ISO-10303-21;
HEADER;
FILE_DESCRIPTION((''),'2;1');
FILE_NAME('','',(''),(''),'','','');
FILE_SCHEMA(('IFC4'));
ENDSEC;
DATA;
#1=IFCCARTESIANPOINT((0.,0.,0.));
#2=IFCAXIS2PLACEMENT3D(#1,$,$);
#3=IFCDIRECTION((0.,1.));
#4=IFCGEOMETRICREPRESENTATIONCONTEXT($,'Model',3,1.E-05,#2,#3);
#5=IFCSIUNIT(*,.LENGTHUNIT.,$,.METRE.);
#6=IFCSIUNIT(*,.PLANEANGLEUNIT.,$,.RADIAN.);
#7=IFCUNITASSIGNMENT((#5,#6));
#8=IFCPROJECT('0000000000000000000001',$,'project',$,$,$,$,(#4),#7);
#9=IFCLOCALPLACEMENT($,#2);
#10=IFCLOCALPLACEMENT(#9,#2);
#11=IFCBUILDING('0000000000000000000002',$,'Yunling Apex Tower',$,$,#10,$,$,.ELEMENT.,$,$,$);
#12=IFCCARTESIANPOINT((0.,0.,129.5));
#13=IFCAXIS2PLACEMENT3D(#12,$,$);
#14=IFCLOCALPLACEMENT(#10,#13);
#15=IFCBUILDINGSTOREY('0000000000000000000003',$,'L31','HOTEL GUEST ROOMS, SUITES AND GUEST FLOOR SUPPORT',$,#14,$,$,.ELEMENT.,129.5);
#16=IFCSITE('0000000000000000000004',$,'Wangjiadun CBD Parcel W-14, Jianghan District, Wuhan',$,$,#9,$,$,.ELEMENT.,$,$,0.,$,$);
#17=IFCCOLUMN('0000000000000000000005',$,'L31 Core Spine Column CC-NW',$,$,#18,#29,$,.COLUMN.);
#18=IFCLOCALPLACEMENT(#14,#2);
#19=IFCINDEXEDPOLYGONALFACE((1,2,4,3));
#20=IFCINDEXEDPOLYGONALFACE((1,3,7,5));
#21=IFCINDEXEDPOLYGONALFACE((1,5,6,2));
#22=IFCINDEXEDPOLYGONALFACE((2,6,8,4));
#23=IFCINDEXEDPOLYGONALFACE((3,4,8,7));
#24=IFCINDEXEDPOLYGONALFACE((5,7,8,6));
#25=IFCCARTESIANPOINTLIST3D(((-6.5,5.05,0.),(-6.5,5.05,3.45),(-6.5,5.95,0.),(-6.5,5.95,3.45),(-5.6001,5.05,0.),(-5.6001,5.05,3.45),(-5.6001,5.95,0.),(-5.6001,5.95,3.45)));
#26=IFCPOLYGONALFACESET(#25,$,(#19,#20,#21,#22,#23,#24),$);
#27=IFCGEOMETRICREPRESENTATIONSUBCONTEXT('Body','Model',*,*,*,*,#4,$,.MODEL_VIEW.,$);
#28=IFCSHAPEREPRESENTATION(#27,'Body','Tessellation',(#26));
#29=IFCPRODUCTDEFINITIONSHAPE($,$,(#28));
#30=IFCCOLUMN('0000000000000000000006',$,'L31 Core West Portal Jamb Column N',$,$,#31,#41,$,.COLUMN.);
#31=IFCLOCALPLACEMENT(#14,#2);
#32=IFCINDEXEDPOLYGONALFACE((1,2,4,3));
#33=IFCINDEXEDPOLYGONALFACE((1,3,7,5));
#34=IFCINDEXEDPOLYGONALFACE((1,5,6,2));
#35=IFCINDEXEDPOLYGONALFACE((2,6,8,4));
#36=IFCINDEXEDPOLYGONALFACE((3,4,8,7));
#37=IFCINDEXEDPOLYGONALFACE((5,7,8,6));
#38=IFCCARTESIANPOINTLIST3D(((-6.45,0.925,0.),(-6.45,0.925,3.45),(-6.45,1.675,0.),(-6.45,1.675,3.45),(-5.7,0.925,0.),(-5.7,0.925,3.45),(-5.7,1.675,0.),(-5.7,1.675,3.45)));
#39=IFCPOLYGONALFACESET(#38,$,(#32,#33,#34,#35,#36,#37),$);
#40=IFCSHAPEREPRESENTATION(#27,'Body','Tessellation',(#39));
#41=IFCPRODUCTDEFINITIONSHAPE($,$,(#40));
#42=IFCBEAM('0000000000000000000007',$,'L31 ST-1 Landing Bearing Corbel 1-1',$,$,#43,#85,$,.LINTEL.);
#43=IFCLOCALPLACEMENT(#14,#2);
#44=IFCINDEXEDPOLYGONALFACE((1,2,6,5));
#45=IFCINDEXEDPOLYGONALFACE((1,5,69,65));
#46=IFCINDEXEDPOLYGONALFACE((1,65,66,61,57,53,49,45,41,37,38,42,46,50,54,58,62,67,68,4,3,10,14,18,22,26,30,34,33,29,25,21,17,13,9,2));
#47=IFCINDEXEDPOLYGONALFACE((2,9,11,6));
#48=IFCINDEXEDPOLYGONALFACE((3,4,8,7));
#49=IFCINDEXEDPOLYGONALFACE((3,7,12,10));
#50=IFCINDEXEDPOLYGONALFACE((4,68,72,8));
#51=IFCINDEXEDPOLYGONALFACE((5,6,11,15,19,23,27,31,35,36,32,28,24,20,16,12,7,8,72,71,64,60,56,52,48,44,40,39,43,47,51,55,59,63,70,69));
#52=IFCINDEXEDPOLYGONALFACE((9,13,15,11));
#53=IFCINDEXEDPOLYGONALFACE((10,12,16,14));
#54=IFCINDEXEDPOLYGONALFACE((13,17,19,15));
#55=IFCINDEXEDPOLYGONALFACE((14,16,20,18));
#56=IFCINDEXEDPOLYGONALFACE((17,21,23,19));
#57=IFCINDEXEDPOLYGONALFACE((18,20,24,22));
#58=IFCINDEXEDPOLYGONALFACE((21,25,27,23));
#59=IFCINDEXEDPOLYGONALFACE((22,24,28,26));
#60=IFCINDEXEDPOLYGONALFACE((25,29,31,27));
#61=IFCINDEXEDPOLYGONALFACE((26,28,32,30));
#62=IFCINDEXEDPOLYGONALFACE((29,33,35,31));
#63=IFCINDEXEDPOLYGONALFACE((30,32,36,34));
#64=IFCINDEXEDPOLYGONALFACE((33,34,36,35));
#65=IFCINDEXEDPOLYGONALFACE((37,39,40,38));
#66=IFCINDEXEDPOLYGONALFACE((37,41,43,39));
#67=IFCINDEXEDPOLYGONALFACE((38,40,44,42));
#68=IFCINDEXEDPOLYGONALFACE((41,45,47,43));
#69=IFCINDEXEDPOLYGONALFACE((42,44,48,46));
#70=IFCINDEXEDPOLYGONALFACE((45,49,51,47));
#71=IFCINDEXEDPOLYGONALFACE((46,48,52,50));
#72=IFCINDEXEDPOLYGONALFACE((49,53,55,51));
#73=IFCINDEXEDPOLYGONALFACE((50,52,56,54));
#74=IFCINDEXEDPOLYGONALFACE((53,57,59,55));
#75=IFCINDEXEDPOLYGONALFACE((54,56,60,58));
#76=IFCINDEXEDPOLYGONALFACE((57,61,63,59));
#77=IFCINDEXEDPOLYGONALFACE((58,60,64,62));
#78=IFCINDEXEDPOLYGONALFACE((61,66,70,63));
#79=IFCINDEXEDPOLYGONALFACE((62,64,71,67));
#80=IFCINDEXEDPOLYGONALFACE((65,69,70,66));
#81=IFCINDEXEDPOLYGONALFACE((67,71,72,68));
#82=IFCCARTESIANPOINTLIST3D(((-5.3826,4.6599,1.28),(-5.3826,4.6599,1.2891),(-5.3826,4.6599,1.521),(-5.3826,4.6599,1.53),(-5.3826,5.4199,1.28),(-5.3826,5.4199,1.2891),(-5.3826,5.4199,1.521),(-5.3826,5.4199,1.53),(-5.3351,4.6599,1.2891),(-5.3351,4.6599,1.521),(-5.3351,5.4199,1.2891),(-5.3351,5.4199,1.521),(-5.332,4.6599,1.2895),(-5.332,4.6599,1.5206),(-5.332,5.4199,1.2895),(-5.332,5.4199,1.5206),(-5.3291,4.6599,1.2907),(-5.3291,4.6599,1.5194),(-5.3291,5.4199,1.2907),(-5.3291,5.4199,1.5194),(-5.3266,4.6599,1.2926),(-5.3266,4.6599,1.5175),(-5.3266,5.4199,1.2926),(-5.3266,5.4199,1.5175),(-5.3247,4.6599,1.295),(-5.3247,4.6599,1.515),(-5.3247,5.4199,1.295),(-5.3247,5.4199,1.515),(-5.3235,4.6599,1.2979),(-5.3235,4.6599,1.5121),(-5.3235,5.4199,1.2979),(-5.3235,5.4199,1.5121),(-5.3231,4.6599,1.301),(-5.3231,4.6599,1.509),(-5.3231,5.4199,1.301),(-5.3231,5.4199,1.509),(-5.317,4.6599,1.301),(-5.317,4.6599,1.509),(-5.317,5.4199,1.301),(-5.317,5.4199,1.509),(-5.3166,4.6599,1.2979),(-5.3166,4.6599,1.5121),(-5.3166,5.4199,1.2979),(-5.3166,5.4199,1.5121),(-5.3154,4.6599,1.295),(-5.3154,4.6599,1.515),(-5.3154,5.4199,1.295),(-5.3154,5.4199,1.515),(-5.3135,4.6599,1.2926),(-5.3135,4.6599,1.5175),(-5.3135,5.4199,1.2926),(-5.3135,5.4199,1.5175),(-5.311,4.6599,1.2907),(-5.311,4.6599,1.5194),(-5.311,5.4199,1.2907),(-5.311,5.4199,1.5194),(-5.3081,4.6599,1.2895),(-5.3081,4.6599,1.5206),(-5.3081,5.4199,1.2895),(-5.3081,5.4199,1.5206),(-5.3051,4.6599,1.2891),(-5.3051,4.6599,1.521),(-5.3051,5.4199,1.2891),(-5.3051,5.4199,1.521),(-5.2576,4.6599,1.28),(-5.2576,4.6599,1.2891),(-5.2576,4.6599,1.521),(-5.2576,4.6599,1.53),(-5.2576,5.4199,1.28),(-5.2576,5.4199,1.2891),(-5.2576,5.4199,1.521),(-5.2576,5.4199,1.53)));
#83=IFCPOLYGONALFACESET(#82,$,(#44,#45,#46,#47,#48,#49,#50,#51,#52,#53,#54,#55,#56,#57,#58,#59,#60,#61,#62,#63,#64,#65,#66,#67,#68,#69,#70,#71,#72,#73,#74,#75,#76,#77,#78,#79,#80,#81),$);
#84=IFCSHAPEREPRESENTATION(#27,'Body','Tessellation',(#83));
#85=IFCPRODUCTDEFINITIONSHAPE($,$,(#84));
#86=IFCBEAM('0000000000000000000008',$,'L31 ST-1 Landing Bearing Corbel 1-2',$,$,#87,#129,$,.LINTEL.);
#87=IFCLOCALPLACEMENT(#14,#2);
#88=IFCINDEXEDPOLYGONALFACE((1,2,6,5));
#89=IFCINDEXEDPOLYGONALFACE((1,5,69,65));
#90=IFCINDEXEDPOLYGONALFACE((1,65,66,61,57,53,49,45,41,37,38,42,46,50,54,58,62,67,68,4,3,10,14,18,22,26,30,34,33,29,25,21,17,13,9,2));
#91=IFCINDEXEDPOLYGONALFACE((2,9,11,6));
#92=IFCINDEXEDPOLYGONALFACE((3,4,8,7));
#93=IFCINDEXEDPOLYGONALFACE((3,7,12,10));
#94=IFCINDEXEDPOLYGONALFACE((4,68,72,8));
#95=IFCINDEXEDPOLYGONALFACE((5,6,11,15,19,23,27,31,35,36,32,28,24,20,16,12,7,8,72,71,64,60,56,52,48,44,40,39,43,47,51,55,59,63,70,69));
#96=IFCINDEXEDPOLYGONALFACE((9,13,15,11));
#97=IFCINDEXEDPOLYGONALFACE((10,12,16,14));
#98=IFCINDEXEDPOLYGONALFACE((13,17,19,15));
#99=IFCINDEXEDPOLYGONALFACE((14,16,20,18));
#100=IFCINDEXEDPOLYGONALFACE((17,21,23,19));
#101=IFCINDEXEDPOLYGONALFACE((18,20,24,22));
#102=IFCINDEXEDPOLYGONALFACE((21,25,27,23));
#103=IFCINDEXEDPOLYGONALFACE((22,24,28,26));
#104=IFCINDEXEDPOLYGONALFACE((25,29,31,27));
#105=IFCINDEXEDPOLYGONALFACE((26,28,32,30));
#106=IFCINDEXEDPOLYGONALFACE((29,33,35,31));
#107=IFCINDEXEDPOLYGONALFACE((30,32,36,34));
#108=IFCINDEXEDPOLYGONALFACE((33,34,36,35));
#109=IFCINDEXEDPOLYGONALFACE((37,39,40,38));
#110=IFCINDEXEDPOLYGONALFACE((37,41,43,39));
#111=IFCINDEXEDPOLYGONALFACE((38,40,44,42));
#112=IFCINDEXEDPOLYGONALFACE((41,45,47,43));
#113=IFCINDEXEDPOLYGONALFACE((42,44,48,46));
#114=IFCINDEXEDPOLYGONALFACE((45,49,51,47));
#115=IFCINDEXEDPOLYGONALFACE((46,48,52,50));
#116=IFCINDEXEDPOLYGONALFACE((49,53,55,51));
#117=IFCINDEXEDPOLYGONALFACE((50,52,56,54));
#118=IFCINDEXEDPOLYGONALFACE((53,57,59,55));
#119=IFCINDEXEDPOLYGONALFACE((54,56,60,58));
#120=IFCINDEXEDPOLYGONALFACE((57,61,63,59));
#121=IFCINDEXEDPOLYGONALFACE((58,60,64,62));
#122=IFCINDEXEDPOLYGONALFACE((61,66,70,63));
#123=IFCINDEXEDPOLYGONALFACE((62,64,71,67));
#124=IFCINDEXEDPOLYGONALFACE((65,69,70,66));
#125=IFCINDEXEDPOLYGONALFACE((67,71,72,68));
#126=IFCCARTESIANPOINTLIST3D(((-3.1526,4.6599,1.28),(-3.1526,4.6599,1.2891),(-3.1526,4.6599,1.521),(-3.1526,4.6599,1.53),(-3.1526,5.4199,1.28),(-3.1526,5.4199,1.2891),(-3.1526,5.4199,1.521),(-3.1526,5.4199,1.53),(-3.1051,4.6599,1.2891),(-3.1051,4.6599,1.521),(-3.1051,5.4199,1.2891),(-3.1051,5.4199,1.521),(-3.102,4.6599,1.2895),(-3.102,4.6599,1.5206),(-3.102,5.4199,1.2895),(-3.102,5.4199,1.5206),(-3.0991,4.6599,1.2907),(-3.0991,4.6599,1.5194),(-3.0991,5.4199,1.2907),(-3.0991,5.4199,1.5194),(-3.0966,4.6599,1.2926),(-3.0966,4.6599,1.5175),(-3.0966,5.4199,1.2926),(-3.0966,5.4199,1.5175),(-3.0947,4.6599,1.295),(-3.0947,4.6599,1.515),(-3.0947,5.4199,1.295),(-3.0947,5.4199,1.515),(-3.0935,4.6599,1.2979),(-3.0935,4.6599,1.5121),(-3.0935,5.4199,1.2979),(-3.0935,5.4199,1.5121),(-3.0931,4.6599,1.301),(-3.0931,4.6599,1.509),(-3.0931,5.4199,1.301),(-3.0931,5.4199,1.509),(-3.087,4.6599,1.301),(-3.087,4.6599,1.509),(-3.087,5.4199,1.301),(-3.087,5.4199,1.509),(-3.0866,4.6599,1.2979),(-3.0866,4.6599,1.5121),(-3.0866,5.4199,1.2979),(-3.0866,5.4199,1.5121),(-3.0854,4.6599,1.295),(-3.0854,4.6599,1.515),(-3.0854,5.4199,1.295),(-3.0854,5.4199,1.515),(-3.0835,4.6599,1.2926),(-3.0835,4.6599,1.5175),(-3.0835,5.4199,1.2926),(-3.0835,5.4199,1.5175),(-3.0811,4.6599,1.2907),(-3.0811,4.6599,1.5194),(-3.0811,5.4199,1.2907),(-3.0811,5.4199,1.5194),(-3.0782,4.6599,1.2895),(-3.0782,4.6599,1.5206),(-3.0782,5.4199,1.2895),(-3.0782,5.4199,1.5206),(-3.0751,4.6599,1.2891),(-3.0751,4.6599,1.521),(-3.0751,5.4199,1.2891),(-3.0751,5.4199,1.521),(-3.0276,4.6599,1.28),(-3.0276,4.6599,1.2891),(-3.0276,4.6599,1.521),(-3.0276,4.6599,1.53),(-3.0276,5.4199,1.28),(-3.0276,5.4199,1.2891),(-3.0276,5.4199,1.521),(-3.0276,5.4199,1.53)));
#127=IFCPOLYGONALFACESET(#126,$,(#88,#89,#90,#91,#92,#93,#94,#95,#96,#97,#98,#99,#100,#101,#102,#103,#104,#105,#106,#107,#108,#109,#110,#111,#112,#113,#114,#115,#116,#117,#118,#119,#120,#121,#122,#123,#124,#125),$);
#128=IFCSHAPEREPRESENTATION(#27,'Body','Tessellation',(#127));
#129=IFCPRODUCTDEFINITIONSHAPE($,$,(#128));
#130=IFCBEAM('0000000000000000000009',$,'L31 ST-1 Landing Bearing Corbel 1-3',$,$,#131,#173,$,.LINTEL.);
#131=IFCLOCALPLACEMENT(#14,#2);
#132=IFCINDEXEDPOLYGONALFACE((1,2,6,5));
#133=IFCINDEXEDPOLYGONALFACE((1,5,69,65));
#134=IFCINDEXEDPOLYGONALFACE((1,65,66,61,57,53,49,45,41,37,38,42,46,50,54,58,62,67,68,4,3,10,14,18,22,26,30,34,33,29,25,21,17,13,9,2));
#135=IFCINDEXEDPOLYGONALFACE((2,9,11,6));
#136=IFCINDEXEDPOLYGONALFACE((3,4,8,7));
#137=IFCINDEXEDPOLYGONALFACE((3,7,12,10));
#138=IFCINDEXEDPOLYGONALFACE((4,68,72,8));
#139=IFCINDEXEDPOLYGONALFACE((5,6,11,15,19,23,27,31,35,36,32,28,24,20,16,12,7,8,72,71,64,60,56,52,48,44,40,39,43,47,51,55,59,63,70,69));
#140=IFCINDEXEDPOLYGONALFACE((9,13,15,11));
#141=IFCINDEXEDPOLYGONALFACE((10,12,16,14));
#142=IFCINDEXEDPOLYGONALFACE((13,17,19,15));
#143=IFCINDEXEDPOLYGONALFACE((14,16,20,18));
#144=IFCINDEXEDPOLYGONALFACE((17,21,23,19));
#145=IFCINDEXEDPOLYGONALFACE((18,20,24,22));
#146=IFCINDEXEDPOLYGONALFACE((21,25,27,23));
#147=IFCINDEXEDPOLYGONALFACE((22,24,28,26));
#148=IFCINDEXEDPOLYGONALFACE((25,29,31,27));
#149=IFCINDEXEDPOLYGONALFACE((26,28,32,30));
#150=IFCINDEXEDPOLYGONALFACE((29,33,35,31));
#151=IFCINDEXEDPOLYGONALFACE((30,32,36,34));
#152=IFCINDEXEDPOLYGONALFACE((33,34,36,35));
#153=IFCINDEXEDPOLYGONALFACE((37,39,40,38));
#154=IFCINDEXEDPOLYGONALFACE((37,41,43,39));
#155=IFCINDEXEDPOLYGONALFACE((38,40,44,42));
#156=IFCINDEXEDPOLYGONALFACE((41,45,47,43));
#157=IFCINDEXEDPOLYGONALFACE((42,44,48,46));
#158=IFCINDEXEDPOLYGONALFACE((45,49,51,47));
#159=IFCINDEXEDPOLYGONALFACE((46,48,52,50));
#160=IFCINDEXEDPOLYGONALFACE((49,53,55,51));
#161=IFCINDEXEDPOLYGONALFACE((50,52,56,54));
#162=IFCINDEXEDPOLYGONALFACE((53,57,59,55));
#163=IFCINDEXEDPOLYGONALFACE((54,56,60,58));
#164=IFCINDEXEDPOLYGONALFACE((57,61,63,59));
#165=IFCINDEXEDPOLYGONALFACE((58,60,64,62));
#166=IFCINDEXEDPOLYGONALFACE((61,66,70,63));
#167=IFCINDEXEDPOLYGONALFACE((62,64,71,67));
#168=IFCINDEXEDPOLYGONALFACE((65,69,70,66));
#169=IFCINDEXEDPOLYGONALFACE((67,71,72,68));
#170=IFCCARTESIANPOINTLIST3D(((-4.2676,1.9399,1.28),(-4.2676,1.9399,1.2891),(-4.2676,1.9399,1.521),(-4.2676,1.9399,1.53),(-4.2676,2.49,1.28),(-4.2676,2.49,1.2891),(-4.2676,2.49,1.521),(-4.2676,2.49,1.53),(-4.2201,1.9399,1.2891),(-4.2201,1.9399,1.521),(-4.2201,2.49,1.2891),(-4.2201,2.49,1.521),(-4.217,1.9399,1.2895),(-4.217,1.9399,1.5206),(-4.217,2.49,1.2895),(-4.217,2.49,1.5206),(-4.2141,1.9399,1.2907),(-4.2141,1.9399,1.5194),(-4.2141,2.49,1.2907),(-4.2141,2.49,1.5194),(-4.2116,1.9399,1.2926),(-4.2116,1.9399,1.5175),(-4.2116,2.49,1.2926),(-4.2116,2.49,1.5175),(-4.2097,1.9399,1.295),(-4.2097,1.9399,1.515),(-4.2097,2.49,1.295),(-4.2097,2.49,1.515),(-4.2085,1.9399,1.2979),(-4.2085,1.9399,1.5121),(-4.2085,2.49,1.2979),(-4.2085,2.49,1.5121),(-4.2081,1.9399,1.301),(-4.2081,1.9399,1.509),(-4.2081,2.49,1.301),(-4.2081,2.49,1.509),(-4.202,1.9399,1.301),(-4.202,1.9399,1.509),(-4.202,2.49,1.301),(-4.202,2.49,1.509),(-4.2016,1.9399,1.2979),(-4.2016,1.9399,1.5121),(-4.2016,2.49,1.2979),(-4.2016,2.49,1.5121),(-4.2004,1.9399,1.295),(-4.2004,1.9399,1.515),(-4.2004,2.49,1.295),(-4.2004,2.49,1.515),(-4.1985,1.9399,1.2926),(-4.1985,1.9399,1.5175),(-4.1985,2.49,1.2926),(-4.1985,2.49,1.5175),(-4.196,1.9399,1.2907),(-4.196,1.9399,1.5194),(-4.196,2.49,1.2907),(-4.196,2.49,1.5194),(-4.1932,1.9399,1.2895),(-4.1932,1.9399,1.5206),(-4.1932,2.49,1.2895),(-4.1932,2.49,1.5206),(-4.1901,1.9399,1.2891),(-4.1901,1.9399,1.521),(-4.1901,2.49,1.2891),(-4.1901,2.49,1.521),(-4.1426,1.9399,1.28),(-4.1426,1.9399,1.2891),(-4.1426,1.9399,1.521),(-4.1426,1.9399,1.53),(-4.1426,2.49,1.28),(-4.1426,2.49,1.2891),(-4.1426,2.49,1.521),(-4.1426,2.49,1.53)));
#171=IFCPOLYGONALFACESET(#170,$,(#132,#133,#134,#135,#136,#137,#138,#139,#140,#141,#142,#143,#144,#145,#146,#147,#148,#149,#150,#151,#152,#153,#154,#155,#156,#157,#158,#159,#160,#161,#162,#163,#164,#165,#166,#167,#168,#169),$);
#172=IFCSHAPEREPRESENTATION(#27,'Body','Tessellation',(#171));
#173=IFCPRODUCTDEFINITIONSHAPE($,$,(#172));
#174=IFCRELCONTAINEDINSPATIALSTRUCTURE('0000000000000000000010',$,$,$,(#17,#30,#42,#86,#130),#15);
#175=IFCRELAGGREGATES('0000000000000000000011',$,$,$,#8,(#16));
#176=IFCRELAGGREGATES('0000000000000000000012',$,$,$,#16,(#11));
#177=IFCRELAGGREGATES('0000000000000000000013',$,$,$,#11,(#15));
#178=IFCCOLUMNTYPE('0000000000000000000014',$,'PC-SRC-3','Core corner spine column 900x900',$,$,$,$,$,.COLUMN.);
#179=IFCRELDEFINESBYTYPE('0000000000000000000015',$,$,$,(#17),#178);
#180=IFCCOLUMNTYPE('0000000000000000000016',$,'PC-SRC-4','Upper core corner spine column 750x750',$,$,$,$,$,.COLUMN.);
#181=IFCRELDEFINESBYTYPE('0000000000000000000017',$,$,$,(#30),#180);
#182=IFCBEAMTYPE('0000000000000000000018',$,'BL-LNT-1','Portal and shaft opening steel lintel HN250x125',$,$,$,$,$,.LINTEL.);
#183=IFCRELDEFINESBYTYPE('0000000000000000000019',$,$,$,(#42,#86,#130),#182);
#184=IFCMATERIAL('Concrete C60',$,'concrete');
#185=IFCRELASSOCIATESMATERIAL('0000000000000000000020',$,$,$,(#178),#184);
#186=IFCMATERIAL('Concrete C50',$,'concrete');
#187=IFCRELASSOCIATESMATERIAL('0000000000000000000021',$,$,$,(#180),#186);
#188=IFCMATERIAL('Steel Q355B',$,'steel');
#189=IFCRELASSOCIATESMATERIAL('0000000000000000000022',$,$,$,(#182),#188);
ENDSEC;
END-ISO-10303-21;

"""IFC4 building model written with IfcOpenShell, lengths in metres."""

from ifc_helpers import new_model, si_unit, direction, frame, origin, origin_2d, place, context, subcontext, project, spatial, rectangle, i_section, extrude, source, transform, mapped, material, material_profile, profile_set, type_object, element, save


model = new_model("IFC4")

# Units and contexts
model_context = context("Model", 3, precision=1e-05, world=origin(), true_north=direction((0.0, 1.0)))
body_context = subcontext(model_context, "Body", "Model", "MODEL_VIEW")
ifc_project = project(units=[si_unit("LENGTHUNIT", "METRE"), si_unit("PLANEANGLEUNIT", "RADIAN")], contexts=[model_context])

# Site, building, storey
site_placement = place(None, origin())
site = spatial("IfcSite", under=ifc_project, at=site_placement, Name="Wangjiadun CBD Parcel W-14, Jianghan District, Wuhan", CompositionType="ELEMENT", RefElevation=0.0)
building_placement = place(site_placement, origin())
building = spatial("IfcBuilding", under=site, at=building_placement, Name="Yunling Apex Tower", CompositionType="ELEMENT")
storey_placement = place(building_placement, frame((0.0, 0.0, 129.5)))
storey = spatial("IfcBuildingStorey", under=building, at=storey_placement, Name="L31", Description="HOTEL GUEST ROOMS, SUITES AND GUEST FLOOR SUPPORT", CompositionType="ELEMENT", Elevation=129.5)

# Columns
ifc_material_1 = material(Name="Concrete C60", Category="concrete")
ifc_material_profile_1 = material_profile(ifc_material_1, rectangle(XDim=0.8999, YDim=0.8999, at=origin_2d()))
ifc_profile_set_1 = profile_set([ifc_material_profile_1], Name="Concrete C60")
column_type_1 = type_object("IfcColumnType", Name="PC-SRC-3", Description="Core corner spine column 900x900", PredefinedType="COLUMN", material=ifc_profile_set_1)
shared_shape_1 = source(origin(), body_context, "Body", "SweptSolid", [
    extrude(rectangle(XDim=0.8999, YDim=0.8999, at=origin_2d()), origin(), (0.0, 0.0, 1.0), 3.45),
])
column_1_placement = place(storey_placement, frame((-6.05, 5.5, 0.0), z_axis=(0.0, 0.0, 1.0), x_axis=(1.0, 0.0, 0.0)))
element("IfcColumn", 1, at=column_1_placement, inside=storey, type_object=column_type_1, Name="L31 Core Spine Column CC-NW", PredefinedType="COLUMN", context=body_context, shape_type="MappedRepresentation", body=[
    mapped(shared_shape_1, transform((0.0, 0.0, 0.0), scale=1.0)),
])
ifc_material_2 = material(Name="Concrete C50", Category="concrete")
ifc_material_profile_2 = material_profile(ifc_material_2, rectangle(XDim=0.75, YDim=0.75, at=origin_2d()))
ifc_profile_set_2 = profile_set([ifc_material_profile_2], Name="Concrete C50")
column_type_2 = type_object("IfcColumnType", Name="PC-SRC-4", Description="Upper core corner spine column 750x750", PredefinedType="COLUMN", material=ifc_profile_set_2)
shared_shape_2 = source(origin(), body_context, "Body", "SweptSolid", [
    extrude(rectangle(XDim=0.75, YDim=0.75, at=origin_2d()), origin(), (0.0, 0.0, 1.0), 3.45),
])
column_2_placement = place(storey_placement, frame((-6.075, 1.3, 0.0), z_axis=(0.0, 0.0, 1.0), x_axis=(1.0, 0.0, 0.0)))
element("IfcColumn", 2, at=column_2_placement, inside=storey, type_object=column_type_2, Name="L31 Core West Portal Jamb Column N", PredefinedType="COLUMN", context=body_context, shape_type="MappedRepresentation", body=[
    mapped(shared_shape_2, transform((0.0, 0.0, 0.0), scale=1.0)),
])

# Beams
ifc_material_3 = material(Name="Steel Q355B", Category="steel")
ifc_material_profile_3 = material_profile(ifc_material_3, i_section(OverallWidth=0.125, OverallDepth=0.25, WebThickness=0.0061, FlangeThickness=0.009, FilletRadius=0.012, at=origin_2d()))
ifc_profile_set_3 = profile_set([ifc_material_profile_3], Name="Steel Q355B")
beam_type = type_object("IfcBeamType", Name="BL-LNT-1", Description="Portal and shaft opening steel lintel HN250x125", PredefinedType="LINTEL", material=ifc_profile_set_3)
shared_shape_3 = source(origin(), body_context, "Body", "SweptSolid", [
    extrude(i_section(OverallWidth=0.125, OverallDepth=0.25, WebThickness=0.0061, FlangeThickness=0.009, FilletRadius=0.012, at=origin_2d()), origin(), (0.0, 0.0, 1.0), 0.76),
])
for number, where, z_axis, x_axis, name in (
    (3, (-5.3201, 5.4199, 1.405), (0.0, -1.0, 0.0), (1.0, 0.0, 0.0), "L31 ST-1 Landing Bearing Corbel 1-1"),
    (4, (-3.0901, 5.4199, 1.405), (0.0, -1.0, 0.0), (1.0, 0.0, 0.0), "L31 ST-1 Landing Bearing Corbel 1-2"),
):
    element("IfcBeam", number, at=place(storey_placement, frame(where, z_axis=z_axis, x_axis=x_axis)), inside=storey, type_object=beam_type, Name=name, PredefinedType="LINTEL", context=body_context, shape_type="MappedRepresentation", body=[
        mapped(shared_shape_3, transform((0.0, 0.0, 0.0), scale=1.0)),
    ])
shared_shape_4 = source(origin(), body_context, "Body", "SweptSolid", [
    extrude(i_section(OverallWidth=0.125, OverallDepth=0.25, WebThickness=0.0061, FlangeThickness=0.009, FilletRadius=0.012, at=origin_2d()), origin(), (0.0, 0.0, 1.0), 0.55),
])
beam_placement = place(storey_placement, frame((-4.2051, 1.9399, 1.405), z_axis=(0.0, 1.0, 0.0), x_axis=(-1.0, 0.0, 0.0)))
element("IfcBeam", 5, at=beam_placement, inside=storey, type_object=beam_type, Name="L31 ST-1 Landing Bearing Corbel 1-3", PredefinedType="LINTEL", context=body_context, shape_type="MappedRepresentation", body=[
    mapped(shared_shape_4, transform((0.0, 0.0, 0.0), scale=1.0)),
])

save(model, "model.ifc")
